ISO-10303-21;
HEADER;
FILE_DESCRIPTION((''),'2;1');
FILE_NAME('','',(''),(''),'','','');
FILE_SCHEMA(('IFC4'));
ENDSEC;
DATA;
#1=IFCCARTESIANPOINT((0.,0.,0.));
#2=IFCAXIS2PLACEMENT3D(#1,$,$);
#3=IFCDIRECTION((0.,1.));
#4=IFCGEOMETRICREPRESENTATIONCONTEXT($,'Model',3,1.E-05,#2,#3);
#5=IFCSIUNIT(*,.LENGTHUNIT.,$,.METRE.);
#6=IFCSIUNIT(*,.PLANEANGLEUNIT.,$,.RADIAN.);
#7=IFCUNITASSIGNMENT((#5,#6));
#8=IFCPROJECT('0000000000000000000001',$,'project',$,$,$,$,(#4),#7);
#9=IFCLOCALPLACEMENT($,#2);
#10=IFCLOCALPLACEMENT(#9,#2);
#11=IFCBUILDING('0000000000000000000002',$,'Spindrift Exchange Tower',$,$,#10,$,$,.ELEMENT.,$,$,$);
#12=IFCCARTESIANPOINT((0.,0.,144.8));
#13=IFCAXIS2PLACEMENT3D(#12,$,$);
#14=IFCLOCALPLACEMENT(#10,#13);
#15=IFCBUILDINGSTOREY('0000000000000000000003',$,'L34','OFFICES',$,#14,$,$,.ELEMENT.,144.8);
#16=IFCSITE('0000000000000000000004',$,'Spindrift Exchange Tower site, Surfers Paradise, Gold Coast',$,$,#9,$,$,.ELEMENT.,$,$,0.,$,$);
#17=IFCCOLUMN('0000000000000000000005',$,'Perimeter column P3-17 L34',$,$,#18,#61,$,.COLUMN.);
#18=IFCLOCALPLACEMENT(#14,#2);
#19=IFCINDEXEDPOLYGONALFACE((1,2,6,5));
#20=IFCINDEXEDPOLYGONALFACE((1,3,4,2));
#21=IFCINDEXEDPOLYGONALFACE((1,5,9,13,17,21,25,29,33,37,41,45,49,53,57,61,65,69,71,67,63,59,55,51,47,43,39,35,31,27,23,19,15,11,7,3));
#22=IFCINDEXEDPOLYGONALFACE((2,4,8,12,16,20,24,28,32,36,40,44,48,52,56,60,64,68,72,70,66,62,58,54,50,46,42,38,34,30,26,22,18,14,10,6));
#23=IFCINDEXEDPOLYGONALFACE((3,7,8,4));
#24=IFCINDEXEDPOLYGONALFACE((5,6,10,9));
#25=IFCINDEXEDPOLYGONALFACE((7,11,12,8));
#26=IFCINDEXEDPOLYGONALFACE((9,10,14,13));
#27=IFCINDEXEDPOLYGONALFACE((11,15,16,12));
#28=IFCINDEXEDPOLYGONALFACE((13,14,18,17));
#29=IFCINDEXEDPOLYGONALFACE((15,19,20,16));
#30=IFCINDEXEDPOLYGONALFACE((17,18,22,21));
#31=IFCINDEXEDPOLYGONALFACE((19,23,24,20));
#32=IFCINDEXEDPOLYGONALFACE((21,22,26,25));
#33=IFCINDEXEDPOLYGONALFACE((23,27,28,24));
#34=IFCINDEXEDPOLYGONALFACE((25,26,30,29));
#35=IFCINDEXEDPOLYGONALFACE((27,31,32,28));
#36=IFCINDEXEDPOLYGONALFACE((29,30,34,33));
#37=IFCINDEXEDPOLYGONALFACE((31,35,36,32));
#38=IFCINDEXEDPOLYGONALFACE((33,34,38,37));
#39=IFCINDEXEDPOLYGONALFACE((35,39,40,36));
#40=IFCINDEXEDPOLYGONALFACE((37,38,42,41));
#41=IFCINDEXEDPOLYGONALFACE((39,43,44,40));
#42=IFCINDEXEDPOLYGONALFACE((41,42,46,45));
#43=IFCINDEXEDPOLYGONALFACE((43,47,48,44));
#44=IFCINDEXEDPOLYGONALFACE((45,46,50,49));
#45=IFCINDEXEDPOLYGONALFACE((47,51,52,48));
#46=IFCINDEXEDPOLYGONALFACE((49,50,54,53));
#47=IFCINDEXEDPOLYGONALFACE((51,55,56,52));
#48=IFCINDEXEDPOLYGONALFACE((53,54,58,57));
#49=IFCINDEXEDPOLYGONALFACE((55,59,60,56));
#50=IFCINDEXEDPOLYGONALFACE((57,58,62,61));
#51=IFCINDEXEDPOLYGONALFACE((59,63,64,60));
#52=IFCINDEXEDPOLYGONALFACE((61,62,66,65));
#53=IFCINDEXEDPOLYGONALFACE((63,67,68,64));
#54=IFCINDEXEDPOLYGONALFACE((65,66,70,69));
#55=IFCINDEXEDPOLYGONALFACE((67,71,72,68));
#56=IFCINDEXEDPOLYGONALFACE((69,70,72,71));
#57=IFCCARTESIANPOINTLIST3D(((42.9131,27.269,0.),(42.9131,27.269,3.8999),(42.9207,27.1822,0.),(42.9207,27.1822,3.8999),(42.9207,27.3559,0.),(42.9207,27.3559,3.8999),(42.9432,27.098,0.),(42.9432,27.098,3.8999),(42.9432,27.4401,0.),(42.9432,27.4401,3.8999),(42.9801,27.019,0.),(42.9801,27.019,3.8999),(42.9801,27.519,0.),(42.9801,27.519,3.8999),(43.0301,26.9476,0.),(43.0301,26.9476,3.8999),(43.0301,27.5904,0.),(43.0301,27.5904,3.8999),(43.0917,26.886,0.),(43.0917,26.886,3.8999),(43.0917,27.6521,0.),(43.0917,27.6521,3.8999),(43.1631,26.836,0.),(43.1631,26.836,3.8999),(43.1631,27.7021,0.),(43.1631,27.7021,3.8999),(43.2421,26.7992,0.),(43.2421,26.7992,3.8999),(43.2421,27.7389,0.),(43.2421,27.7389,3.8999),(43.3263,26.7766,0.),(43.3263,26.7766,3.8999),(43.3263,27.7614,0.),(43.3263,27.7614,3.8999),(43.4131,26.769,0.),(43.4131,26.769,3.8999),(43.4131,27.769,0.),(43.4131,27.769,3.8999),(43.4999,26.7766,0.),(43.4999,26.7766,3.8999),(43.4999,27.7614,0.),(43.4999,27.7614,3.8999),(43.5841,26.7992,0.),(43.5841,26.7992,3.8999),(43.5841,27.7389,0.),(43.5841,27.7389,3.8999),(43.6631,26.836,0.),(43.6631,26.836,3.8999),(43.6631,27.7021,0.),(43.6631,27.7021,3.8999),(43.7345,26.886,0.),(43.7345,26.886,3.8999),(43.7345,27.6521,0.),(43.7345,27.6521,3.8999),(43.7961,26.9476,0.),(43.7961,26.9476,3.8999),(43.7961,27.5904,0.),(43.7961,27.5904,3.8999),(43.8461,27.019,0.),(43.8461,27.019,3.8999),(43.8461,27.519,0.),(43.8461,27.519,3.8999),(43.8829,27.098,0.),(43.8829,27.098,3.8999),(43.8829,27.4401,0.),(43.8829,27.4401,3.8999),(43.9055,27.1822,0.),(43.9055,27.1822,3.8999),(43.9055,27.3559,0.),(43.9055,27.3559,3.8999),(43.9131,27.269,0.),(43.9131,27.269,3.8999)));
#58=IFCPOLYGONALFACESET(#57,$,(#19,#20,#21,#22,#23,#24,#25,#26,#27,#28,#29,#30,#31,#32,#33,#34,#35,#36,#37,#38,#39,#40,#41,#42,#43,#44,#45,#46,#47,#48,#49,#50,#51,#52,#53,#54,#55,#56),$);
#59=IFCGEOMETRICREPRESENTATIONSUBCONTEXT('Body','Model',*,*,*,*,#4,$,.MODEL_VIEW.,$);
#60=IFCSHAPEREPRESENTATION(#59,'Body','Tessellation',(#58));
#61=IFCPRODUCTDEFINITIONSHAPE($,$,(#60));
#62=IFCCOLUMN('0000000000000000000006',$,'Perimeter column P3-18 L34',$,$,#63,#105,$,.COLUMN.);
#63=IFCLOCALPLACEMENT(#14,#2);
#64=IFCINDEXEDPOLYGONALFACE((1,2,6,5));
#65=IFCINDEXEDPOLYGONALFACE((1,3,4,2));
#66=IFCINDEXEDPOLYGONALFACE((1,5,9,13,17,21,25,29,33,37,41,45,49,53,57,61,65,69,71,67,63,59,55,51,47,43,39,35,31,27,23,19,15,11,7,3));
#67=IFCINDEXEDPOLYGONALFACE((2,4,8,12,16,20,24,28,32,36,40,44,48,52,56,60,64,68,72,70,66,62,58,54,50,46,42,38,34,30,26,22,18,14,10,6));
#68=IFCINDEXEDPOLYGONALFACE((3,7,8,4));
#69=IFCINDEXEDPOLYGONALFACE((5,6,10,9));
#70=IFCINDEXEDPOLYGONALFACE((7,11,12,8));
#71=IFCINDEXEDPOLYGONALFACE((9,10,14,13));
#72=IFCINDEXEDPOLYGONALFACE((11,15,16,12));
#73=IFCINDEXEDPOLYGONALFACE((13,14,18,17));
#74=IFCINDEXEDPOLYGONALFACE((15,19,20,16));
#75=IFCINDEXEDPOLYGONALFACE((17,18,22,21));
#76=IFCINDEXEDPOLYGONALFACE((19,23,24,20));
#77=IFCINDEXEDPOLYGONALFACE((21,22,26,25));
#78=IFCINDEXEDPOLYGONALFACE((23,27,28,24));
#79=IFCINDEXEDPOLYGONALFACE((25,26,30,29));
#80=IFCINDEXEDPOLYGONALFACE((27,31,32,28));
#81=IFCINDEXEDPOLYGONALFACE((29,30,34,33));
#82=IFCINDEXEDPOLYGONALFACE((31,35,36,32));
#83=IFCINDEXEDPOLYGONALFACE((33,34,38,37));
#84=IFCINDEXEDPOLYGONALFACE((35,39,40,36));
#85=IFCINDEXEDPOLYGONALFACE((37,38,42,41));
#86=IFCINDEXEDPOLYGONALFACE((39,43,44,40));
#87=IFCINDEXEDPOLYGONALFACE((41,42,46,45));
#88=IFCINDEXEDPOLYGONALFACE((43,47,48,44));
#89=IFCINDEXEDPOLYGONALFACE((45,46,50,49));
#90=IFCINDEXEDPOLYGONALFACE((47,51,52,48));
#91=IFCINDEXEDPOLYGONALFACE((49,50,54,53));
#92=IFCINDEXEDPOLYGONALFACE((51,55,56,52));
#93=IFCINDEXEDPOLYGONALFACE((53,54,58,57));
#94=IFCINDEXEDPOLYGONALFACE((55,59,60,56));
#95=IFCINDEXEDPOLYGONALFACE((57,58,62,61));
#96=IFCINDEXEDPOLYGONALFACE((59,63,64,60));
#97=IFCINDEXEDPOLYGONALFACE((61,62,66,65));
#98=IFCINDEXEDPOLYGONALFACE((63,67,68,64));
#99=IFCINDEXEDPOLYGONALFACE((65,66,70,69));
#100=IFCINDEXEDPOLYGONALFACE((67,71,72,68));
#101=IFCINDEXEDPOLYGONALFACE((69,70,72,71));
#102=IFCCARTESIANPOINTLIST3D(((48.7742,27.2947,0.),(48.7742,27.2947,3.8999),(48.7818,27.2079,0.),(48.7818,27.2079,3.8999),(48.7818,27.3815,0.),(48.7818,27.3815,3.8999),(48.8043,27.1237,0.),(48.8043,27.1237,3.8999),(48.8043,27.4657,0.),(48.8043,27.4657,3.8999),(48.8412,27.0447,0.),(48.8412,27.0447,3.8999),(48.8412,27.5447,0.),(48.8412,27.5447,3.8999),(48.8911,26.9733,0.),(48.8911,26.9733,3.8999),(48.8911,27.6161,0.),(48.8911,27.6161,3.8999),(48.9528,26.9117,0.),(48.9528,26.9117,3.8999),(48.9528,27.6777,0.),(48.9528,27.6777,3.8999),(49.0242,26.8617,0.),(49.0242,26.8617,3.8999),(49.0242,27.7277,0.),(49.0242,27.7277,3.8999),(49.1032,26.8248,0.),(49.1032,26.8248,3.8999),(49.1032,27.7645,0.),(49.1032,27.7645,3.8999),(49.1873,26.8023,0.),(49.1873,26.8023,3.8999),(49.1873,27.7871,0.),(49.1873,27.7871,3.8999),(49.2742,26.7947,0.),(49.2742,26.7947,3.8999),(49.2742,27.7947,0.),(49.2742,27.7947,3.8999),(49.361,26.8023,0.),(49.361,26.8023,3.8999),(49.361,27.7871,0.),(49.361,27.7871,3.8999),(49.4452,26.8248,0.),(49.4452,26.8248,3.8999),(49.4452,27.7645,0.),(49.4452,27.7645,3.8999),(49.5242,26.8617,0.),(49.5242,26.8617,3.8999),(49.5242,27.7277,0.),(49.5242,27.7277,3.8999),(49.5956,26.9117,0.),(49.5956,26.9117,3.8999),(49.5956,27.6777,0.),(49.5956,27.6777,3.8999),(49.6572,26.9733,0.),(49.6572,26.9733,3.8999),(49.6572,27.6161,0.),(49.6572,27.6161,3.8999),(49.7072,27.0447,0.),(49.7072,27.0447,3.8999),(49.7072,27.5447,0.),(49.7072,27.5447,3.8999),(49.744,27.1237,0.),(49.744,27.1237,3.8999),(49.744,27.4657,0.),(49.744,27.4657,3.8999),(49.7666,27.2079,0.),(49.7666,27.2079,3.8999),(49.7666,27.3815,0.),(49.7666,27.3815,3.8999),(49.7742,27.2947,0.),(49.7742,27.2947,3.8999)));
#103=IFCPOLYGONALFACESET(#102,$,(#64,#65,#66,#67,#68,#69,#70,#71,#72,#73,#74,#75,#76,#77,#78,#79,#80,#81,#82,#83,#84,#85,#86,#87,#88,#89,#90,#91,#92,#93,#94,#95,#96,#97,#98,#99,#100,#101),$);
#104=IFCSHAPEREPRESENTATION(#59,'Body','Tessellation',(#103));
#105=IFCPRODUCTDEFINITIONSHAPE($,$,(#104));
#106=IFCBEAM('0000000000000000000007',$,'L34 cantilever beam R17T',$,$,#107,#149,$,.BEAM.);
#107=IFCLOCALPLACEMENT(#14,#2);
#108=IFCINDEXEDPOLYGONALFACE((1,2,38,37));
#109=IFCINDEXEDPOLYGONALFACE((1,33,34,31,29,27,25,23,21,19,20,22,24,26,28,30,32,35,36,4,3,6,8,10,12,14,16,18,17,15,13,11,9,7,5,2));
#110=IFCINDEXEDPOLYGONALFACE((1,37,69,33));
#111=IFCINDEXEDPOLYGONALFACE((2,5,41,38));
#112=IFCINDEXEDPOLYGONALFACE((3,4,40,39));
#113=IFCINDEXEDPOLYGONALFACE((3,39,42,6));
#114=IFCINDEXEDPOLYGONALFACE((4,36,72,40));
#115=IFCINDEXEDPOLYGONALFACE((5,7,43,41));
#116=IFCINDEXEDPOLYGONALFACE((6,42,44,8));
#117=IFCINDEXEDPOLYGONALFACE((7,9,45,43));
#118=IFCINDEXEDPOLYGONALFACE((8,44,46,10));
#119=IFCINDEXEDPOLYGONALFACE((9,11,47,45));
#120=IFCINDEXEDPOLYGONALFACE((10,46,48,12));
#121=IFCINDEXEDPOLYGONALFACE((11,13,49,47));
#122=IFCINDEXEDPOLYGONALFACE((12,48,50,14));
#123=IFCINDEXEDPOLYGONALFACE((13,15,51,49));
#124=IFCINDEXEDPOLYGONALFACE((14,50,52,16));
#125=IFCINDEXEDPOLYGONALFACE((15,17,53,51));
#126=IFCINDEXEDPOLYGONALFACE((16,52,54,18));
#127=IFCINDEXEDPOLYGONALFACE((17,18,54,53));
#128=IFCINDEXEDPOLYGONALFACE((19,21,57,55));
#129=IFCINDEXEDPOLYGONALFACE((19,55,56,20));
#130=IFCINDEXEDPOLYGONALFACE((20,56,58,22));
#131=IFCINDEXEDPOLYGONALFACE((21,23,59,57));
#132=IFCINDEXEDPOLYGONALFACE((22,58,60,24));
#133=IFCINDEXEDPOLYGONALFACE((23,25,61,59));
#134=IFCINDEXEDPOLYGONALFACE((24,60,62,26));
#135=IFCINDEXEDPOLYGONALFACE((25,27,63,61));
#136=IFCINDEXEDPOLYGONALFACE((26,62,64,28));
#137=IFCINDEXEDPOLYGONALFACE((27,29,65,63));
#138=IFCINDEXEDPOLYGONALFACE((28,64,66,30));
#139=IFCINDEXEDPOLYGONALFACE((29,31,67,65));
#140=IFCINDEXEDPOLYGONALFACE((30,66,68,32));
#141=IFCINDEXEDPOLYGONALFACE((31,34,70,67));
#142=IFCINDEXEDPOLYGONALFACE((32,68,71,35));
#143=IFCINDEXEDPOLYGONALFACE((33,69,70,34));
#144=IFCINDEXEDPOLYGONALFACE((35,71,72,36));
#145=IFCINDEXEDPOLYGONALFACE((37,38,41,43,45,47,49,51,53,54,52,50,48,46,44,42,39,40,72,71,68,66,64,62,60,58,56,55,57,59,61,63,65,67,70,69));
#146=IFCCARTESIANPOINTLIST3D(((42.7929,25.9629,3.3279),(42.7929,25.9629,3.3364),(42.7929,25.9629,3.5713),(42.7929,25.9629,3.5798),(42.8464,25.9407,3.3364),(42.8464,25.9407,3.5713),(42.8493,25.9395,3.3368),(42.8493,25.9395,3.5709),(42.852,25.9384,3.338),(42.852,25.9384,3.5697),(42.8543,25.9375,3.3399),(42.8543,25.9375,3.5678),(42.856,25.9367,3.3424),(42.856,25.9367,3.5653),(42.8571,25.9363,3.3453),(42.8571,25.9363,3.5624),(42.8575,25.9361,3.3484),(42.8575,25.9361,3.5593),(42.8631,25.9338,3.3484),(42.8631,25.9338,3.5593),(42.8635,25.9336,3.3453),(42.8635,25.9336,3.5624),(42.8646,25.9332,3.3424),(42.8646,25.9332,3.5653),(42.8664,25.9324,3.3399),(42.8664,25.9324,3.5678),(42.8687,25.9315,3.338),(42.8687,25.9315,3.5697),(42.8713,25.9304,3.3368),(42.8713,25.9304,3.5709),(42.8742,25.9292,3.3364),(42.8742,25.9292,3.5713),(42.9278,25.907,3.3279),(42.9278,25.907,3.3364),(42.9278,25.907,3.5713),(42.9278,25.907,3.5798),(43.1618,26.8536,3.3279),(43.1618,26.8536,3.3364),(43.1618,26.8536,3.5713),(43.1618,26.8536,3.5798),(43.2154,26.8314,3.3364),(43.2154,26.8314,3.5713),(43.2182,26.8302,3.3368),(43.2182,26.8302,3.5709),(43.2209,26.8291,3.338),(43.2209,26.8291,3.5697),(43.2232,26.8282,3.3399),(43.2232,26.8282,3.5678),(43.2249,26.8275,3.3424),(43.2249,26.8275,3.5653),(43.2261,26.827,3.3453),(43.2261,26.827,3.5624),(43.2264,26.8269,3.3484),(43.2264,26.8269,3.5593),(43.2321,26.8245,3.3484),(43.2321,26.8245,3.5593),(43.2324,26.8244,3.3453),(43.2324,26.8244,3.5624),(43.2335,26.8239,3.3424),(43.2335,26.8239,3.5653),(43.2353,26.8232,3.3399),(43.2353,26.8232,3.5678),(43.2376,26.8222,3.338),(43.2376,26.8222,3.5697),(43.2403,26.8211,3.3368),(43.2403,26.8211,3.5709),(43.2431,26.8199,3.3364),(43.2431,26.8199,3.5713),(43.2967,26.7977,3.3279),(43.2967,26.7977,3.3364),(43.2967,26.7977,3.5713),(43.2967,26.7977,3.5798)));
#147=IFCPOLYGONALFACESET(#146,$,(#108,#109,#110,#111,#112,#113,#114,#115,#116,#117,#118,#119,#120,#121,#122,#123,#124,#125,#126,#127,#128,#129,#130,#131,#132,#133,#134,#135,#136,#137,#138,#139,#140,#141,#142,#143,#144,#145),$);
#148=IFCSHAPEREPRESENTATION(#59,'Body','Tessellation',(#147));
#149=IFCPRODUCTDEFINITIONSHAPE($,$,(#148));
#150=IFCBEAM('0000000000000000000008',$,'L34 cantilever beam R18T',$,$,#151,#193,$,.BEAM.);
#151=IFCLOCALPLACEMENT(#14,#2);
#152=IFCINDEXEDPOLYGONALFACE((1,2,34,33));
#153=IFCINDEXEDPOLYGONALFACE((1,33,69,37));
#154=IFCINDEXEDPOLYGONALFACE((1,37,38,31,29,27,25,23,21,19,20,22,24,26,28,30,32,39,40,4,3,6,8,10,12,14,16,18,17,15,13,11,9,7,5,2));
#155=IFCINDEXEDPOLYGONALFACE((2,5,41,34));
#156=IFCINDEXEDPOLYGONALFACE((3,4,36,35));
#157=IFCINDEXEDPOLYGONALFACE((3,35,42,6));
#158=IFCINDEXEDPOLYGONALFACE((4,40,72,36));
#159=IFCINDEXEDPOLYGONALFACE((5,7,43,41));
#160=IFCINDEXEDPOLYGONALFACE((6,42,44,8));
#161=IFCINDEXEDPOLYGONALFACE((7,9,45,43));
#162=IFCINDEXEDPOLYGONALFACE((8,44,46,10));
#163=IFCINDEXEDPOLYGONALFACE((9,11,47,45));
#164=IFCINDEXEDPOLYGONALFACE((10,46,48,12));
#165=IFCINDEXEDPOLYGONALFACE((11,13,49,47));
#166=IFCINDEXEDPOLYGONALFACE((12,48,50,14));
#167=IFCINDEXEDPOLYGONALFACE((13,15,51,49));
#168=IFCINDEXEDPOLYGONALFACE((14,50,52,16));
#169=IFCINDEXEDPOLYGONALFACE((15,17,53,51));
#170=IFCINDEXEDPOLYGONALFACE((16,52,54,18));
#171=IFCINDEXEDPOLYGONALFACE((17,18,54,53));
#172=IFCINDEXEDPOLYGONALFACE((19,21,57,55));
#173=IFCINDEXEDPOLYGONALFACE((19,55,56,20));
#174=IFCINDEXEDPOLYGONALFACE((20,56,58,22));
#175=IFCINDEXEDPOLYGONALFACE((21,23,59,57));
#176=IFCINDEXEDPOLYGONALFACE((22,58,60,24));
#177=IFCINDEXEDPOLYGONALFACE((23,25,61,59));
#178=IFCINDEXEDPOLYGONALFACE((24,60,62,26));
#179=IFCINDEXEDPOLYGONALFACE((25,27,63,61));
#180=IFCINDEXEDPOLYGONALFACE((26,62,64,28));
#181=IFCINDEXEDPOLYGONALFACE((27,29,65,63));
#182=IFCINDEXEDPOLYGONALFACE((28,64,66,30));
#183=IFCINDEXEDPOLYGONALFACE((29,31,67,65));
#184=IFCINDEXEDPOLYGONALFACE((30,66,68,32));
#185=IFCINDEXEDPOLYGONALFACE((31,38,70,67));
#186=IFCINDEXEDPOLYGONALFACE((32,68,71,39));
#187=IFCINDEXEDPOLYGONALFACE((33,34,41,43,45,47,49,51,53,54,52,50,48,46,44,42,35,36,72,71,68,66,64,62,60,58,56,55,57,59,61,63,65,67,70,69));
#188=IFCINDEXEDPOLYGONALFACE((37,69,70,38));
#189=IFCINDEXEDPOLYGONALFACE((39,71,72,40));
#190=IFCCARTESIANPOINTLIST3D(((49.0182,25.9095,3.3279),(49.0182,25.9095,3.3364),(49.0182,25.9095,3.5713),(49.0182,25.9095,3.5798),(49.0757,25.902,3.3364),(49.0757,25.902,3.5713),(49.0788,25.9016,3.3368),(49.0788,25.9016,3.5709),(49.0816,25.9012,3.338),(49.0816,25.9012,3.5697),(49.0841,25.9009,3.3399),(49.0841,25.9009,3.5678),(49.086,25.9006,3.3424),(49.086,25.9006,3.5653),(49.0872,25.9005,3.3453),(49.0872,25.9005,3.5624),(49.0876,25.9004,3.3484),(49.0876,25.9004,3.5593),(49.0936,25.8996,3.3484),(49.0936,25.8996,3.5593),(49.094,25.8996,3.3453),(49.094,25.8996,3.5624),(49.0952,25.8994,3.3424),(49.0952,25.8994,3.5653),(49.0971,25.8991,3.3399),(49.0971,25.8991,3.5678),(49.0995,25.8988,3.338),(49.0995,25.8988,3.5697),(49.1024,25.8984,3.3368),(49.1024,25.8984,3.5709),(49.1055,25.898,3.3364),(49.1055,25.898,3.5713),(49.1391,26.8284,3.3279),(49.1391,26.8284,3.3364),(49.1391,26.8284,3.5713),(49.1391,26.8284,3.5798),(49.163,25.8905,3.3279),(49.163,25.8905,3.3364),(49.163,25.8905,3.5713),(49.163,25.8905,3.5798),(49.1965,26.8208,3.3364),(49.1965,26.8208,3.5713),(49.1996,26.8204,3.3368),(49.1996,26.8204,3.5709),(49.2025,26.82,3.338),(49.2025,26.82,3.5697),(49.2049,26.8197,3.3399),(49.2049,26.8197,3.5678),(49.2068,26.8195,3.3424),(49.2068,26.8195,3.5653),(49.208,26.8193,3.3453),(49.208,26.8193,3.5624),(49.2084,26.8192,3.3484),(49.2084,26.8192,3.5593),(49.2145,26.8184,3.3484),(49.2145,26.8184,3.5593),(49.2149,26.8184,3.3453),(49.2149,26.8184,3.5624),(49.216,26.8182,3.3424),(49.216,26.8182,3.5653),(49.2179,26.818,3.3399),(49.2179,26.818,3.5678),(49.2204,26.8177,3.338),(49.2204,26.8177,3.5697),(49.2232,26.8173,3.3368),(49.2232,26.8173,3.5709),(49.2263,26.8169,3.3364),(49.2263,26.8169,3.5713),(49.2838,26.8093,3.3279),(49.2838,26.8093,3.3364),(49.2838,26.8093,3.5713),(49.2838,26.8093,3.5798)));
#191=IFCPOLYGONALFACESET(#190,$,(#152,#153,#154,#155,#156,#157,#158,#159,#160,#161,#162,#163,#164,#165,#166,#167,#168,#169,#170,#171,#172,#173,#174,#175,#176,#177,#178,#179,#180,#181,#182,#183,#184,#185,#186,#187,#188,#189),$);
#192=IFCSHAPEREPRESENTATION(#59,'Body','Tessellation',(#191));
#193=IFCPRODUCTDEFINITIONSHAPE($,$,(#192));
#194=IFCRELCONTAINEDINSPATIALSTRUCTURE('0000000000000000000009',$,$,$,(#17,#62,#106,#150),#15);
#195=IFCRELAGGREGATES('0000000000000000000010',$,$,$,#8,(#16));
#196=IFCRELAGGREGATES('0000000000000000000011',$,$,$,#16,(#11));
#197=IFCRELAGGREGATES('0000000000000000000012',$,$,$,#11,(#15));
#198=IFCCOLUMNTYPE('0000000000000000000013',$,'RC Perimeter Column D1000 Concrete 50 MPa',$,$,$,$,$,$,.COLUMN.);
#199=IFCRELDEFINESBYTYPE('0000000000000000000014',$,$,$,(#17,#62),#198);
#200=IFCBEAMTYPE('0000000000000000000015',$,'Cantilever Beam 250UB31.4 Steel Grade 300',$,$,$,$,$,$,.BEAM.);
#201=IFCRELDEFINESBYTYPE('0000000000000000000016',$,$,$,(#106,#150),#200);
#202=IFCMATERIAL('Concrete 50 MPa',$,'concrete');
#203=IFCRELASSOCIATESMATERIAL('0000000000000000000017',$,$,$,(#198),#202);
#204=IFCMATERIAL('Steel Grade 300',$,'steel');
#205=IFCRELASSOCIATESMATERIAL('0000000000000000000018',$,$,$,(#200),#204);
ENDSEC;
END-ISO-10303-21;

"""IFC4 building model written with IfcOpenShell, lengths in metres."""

from ifc_helpers import new_model, si_unit, direction, frame, origin, origin_2d, place, context, subcontext, project, spatial, circle, i_section, extrude, source, transform, mapped, material, material_profile, profile_set, type_object, element, save


model = new_model("IFC4")

# Units and contexts
model_context = context("Model", 3, precision=1e-05, world=origin(), true_north=direction((0.0, 1.0)))
body_context = subcontext(model_context, "Body", "Model", "MODEL_VIEW")
ifc_project = project(units=[si_unit("LENGTHUNIT", "METRE"), si_unit("PLANEANGLEUNIT", "RADIAN")], contexts=[model_context])

# Site, building, storey
site_placement = place(None, origin())
site = spatial("IfcSite", under=ifc_project, at=site_placement, Name="Spindrift Exchange Tower site, Surfers Paradise, Gold Coast", CompositionType="ELEMENT", RefElevation=0.0)
building_placement = place(site_placement, origin())
building = spatial("IfcBuilding", under=site, at=building_placement, Name="Spindrift Exchange Tower", CompositionType="ELEMENT")
storey_placement = place(building_placement, frame((0.0, 0.0, 144.8)))
storey = spatial("IfcBuildingStorey", under=building, at=storey_placement, Name="L34", Description="OFFICES", CompositionType="ELEMENT", Elevation=144.8)

# Columns
ifc_material_1 = material(Name="Concrete 50 MPa", Category="concrete")
ifc_material_profile_1 = material_profile(ifc_material_1, circle(Radius=0.5, at=origin_2d()), Name="RC D1000")
ifc_profile_set_1 = profile_set([ifc_material_profile_1], Name="Concrete 50 MPa")
column_type = type_object("IfcColumnType", Name="RC Perimeter Column D1000 Concrete 50 MPa", PredefinedType="COLUMN", material=ifc_profile_set_1)
shared_shape_1 = source(origin(), body_context, "Body", "SweptSolid", [
    extrude(circle(Radius=0.5, at=origin_2d()), origin(), (0.0, 0.0, 1.0), 3.8999),
])
for number, where, z_axis, x_axis, name in (
    (1, (43.4131, 27.269, 0.0), (0.0, 0.0, 1.0), (1.0, 0.0, 0.0), "Perimeter column P3-17 L34"),
    (2, (49.2742, 27.2947, 0.0), (0.0, 0.0, 1.0), (1.0, 0.0, 0.0), "Perimeter column P3-18 L34"),
):
    element("IfcColumn", number, at=place(storey_placement, frame(where, z_axis=z_axis, x_axis=x_axis)), inside=storey, type_object=column_type, Name=name, PredefinedType="COLUMN", context=body_context, shape_type="MappedRepresentation", body=[
        mapped(shared_shape_1, transform((0.0, 0.0, 0.0), scale=1.0)),
    ])

# Beams
ifc_material_2 = material(Name="Steel Grade 300", Category="steel")
ifc_material_profile_2 = material_profile(ifc_material_2, i_section(OverallWidth=0.146, OverallDepth=0.252, WebThickness=0.0061, FlangeThickness=0.0085, FilletRadius=0.012, at=origin_2d()), Name="250UB31.4")
ifc_profile_set_2 = profile_set([ifc_material_profile_2], Name="Steel Grade 300")
beam_type_1 = type_object("IfcBeamType", Name="Cantilever Beam 250UB31.4 Steel Grade 300", PredefinedType="BEAM", material=ifc_profile_set_2)
shared_shape_2 = source(origin(), body_context, "Body", "SweptSolid", [
    extrude(i_section(OverallWidth=0.146, OverallDepth=0.252, WebThickness=0.0061, FlangeThickness=0.0085, FilletRadius=0.012, at=origin_2d()), origin(), (0.0, 0.0, 1.0), 0.9641),
])
beam_1_placement = place(storey_placement, frame((43.2292, 26.8257, 3.4539), z_axis=(-0.382672, -0.923884, 0.0), x_axis=(0.923884, -0.382672, 0.0)))
element("IfcBeam", 3, at=beam_1_placement, inside=storey, type_object=beam_type_1, Name="L34 cantilever beam R17T", PredefinedType="BEAM", context=body_context, shape_type="MappedRepresentation", body=[
    mapped(shared_shape_2, transform((0.0, 0.0, 0.0), scale=1.0)),
])
shared_shape_3 = source(origin(), body_context, "Body", "SweptSolid", [
    extrude(i_section(OverallWidth=0.146, OverallDepth=0.252, WebThickness=0.0061, FlangeThickness=0.0085, FilletRadius=0.012, at=origin_2d()), origin(), (0.0, 0.0, 1.0), 0.9268),
])
beam_2_placement = place(storey_placement, frame((49.2114, 26.8188, 3.4539), z_axis=(-0.130386, -0.991463, 0.0), x_axis=(0.991463, -0.130386, 0.0)))
element("IfcBeam", 4, at=beam_2_placement, inside=storey, type_object=beam_type_1, Name="L34 cantilever beam R18T", PredefinedType="BEAM", context=body_context, shape_type="MappedRepresentation", body=[
    mapped(shared_shape_3, transform((0.0, 0.0, 0.0), scale=1.0)),
])

save(model, "model.ifc")
